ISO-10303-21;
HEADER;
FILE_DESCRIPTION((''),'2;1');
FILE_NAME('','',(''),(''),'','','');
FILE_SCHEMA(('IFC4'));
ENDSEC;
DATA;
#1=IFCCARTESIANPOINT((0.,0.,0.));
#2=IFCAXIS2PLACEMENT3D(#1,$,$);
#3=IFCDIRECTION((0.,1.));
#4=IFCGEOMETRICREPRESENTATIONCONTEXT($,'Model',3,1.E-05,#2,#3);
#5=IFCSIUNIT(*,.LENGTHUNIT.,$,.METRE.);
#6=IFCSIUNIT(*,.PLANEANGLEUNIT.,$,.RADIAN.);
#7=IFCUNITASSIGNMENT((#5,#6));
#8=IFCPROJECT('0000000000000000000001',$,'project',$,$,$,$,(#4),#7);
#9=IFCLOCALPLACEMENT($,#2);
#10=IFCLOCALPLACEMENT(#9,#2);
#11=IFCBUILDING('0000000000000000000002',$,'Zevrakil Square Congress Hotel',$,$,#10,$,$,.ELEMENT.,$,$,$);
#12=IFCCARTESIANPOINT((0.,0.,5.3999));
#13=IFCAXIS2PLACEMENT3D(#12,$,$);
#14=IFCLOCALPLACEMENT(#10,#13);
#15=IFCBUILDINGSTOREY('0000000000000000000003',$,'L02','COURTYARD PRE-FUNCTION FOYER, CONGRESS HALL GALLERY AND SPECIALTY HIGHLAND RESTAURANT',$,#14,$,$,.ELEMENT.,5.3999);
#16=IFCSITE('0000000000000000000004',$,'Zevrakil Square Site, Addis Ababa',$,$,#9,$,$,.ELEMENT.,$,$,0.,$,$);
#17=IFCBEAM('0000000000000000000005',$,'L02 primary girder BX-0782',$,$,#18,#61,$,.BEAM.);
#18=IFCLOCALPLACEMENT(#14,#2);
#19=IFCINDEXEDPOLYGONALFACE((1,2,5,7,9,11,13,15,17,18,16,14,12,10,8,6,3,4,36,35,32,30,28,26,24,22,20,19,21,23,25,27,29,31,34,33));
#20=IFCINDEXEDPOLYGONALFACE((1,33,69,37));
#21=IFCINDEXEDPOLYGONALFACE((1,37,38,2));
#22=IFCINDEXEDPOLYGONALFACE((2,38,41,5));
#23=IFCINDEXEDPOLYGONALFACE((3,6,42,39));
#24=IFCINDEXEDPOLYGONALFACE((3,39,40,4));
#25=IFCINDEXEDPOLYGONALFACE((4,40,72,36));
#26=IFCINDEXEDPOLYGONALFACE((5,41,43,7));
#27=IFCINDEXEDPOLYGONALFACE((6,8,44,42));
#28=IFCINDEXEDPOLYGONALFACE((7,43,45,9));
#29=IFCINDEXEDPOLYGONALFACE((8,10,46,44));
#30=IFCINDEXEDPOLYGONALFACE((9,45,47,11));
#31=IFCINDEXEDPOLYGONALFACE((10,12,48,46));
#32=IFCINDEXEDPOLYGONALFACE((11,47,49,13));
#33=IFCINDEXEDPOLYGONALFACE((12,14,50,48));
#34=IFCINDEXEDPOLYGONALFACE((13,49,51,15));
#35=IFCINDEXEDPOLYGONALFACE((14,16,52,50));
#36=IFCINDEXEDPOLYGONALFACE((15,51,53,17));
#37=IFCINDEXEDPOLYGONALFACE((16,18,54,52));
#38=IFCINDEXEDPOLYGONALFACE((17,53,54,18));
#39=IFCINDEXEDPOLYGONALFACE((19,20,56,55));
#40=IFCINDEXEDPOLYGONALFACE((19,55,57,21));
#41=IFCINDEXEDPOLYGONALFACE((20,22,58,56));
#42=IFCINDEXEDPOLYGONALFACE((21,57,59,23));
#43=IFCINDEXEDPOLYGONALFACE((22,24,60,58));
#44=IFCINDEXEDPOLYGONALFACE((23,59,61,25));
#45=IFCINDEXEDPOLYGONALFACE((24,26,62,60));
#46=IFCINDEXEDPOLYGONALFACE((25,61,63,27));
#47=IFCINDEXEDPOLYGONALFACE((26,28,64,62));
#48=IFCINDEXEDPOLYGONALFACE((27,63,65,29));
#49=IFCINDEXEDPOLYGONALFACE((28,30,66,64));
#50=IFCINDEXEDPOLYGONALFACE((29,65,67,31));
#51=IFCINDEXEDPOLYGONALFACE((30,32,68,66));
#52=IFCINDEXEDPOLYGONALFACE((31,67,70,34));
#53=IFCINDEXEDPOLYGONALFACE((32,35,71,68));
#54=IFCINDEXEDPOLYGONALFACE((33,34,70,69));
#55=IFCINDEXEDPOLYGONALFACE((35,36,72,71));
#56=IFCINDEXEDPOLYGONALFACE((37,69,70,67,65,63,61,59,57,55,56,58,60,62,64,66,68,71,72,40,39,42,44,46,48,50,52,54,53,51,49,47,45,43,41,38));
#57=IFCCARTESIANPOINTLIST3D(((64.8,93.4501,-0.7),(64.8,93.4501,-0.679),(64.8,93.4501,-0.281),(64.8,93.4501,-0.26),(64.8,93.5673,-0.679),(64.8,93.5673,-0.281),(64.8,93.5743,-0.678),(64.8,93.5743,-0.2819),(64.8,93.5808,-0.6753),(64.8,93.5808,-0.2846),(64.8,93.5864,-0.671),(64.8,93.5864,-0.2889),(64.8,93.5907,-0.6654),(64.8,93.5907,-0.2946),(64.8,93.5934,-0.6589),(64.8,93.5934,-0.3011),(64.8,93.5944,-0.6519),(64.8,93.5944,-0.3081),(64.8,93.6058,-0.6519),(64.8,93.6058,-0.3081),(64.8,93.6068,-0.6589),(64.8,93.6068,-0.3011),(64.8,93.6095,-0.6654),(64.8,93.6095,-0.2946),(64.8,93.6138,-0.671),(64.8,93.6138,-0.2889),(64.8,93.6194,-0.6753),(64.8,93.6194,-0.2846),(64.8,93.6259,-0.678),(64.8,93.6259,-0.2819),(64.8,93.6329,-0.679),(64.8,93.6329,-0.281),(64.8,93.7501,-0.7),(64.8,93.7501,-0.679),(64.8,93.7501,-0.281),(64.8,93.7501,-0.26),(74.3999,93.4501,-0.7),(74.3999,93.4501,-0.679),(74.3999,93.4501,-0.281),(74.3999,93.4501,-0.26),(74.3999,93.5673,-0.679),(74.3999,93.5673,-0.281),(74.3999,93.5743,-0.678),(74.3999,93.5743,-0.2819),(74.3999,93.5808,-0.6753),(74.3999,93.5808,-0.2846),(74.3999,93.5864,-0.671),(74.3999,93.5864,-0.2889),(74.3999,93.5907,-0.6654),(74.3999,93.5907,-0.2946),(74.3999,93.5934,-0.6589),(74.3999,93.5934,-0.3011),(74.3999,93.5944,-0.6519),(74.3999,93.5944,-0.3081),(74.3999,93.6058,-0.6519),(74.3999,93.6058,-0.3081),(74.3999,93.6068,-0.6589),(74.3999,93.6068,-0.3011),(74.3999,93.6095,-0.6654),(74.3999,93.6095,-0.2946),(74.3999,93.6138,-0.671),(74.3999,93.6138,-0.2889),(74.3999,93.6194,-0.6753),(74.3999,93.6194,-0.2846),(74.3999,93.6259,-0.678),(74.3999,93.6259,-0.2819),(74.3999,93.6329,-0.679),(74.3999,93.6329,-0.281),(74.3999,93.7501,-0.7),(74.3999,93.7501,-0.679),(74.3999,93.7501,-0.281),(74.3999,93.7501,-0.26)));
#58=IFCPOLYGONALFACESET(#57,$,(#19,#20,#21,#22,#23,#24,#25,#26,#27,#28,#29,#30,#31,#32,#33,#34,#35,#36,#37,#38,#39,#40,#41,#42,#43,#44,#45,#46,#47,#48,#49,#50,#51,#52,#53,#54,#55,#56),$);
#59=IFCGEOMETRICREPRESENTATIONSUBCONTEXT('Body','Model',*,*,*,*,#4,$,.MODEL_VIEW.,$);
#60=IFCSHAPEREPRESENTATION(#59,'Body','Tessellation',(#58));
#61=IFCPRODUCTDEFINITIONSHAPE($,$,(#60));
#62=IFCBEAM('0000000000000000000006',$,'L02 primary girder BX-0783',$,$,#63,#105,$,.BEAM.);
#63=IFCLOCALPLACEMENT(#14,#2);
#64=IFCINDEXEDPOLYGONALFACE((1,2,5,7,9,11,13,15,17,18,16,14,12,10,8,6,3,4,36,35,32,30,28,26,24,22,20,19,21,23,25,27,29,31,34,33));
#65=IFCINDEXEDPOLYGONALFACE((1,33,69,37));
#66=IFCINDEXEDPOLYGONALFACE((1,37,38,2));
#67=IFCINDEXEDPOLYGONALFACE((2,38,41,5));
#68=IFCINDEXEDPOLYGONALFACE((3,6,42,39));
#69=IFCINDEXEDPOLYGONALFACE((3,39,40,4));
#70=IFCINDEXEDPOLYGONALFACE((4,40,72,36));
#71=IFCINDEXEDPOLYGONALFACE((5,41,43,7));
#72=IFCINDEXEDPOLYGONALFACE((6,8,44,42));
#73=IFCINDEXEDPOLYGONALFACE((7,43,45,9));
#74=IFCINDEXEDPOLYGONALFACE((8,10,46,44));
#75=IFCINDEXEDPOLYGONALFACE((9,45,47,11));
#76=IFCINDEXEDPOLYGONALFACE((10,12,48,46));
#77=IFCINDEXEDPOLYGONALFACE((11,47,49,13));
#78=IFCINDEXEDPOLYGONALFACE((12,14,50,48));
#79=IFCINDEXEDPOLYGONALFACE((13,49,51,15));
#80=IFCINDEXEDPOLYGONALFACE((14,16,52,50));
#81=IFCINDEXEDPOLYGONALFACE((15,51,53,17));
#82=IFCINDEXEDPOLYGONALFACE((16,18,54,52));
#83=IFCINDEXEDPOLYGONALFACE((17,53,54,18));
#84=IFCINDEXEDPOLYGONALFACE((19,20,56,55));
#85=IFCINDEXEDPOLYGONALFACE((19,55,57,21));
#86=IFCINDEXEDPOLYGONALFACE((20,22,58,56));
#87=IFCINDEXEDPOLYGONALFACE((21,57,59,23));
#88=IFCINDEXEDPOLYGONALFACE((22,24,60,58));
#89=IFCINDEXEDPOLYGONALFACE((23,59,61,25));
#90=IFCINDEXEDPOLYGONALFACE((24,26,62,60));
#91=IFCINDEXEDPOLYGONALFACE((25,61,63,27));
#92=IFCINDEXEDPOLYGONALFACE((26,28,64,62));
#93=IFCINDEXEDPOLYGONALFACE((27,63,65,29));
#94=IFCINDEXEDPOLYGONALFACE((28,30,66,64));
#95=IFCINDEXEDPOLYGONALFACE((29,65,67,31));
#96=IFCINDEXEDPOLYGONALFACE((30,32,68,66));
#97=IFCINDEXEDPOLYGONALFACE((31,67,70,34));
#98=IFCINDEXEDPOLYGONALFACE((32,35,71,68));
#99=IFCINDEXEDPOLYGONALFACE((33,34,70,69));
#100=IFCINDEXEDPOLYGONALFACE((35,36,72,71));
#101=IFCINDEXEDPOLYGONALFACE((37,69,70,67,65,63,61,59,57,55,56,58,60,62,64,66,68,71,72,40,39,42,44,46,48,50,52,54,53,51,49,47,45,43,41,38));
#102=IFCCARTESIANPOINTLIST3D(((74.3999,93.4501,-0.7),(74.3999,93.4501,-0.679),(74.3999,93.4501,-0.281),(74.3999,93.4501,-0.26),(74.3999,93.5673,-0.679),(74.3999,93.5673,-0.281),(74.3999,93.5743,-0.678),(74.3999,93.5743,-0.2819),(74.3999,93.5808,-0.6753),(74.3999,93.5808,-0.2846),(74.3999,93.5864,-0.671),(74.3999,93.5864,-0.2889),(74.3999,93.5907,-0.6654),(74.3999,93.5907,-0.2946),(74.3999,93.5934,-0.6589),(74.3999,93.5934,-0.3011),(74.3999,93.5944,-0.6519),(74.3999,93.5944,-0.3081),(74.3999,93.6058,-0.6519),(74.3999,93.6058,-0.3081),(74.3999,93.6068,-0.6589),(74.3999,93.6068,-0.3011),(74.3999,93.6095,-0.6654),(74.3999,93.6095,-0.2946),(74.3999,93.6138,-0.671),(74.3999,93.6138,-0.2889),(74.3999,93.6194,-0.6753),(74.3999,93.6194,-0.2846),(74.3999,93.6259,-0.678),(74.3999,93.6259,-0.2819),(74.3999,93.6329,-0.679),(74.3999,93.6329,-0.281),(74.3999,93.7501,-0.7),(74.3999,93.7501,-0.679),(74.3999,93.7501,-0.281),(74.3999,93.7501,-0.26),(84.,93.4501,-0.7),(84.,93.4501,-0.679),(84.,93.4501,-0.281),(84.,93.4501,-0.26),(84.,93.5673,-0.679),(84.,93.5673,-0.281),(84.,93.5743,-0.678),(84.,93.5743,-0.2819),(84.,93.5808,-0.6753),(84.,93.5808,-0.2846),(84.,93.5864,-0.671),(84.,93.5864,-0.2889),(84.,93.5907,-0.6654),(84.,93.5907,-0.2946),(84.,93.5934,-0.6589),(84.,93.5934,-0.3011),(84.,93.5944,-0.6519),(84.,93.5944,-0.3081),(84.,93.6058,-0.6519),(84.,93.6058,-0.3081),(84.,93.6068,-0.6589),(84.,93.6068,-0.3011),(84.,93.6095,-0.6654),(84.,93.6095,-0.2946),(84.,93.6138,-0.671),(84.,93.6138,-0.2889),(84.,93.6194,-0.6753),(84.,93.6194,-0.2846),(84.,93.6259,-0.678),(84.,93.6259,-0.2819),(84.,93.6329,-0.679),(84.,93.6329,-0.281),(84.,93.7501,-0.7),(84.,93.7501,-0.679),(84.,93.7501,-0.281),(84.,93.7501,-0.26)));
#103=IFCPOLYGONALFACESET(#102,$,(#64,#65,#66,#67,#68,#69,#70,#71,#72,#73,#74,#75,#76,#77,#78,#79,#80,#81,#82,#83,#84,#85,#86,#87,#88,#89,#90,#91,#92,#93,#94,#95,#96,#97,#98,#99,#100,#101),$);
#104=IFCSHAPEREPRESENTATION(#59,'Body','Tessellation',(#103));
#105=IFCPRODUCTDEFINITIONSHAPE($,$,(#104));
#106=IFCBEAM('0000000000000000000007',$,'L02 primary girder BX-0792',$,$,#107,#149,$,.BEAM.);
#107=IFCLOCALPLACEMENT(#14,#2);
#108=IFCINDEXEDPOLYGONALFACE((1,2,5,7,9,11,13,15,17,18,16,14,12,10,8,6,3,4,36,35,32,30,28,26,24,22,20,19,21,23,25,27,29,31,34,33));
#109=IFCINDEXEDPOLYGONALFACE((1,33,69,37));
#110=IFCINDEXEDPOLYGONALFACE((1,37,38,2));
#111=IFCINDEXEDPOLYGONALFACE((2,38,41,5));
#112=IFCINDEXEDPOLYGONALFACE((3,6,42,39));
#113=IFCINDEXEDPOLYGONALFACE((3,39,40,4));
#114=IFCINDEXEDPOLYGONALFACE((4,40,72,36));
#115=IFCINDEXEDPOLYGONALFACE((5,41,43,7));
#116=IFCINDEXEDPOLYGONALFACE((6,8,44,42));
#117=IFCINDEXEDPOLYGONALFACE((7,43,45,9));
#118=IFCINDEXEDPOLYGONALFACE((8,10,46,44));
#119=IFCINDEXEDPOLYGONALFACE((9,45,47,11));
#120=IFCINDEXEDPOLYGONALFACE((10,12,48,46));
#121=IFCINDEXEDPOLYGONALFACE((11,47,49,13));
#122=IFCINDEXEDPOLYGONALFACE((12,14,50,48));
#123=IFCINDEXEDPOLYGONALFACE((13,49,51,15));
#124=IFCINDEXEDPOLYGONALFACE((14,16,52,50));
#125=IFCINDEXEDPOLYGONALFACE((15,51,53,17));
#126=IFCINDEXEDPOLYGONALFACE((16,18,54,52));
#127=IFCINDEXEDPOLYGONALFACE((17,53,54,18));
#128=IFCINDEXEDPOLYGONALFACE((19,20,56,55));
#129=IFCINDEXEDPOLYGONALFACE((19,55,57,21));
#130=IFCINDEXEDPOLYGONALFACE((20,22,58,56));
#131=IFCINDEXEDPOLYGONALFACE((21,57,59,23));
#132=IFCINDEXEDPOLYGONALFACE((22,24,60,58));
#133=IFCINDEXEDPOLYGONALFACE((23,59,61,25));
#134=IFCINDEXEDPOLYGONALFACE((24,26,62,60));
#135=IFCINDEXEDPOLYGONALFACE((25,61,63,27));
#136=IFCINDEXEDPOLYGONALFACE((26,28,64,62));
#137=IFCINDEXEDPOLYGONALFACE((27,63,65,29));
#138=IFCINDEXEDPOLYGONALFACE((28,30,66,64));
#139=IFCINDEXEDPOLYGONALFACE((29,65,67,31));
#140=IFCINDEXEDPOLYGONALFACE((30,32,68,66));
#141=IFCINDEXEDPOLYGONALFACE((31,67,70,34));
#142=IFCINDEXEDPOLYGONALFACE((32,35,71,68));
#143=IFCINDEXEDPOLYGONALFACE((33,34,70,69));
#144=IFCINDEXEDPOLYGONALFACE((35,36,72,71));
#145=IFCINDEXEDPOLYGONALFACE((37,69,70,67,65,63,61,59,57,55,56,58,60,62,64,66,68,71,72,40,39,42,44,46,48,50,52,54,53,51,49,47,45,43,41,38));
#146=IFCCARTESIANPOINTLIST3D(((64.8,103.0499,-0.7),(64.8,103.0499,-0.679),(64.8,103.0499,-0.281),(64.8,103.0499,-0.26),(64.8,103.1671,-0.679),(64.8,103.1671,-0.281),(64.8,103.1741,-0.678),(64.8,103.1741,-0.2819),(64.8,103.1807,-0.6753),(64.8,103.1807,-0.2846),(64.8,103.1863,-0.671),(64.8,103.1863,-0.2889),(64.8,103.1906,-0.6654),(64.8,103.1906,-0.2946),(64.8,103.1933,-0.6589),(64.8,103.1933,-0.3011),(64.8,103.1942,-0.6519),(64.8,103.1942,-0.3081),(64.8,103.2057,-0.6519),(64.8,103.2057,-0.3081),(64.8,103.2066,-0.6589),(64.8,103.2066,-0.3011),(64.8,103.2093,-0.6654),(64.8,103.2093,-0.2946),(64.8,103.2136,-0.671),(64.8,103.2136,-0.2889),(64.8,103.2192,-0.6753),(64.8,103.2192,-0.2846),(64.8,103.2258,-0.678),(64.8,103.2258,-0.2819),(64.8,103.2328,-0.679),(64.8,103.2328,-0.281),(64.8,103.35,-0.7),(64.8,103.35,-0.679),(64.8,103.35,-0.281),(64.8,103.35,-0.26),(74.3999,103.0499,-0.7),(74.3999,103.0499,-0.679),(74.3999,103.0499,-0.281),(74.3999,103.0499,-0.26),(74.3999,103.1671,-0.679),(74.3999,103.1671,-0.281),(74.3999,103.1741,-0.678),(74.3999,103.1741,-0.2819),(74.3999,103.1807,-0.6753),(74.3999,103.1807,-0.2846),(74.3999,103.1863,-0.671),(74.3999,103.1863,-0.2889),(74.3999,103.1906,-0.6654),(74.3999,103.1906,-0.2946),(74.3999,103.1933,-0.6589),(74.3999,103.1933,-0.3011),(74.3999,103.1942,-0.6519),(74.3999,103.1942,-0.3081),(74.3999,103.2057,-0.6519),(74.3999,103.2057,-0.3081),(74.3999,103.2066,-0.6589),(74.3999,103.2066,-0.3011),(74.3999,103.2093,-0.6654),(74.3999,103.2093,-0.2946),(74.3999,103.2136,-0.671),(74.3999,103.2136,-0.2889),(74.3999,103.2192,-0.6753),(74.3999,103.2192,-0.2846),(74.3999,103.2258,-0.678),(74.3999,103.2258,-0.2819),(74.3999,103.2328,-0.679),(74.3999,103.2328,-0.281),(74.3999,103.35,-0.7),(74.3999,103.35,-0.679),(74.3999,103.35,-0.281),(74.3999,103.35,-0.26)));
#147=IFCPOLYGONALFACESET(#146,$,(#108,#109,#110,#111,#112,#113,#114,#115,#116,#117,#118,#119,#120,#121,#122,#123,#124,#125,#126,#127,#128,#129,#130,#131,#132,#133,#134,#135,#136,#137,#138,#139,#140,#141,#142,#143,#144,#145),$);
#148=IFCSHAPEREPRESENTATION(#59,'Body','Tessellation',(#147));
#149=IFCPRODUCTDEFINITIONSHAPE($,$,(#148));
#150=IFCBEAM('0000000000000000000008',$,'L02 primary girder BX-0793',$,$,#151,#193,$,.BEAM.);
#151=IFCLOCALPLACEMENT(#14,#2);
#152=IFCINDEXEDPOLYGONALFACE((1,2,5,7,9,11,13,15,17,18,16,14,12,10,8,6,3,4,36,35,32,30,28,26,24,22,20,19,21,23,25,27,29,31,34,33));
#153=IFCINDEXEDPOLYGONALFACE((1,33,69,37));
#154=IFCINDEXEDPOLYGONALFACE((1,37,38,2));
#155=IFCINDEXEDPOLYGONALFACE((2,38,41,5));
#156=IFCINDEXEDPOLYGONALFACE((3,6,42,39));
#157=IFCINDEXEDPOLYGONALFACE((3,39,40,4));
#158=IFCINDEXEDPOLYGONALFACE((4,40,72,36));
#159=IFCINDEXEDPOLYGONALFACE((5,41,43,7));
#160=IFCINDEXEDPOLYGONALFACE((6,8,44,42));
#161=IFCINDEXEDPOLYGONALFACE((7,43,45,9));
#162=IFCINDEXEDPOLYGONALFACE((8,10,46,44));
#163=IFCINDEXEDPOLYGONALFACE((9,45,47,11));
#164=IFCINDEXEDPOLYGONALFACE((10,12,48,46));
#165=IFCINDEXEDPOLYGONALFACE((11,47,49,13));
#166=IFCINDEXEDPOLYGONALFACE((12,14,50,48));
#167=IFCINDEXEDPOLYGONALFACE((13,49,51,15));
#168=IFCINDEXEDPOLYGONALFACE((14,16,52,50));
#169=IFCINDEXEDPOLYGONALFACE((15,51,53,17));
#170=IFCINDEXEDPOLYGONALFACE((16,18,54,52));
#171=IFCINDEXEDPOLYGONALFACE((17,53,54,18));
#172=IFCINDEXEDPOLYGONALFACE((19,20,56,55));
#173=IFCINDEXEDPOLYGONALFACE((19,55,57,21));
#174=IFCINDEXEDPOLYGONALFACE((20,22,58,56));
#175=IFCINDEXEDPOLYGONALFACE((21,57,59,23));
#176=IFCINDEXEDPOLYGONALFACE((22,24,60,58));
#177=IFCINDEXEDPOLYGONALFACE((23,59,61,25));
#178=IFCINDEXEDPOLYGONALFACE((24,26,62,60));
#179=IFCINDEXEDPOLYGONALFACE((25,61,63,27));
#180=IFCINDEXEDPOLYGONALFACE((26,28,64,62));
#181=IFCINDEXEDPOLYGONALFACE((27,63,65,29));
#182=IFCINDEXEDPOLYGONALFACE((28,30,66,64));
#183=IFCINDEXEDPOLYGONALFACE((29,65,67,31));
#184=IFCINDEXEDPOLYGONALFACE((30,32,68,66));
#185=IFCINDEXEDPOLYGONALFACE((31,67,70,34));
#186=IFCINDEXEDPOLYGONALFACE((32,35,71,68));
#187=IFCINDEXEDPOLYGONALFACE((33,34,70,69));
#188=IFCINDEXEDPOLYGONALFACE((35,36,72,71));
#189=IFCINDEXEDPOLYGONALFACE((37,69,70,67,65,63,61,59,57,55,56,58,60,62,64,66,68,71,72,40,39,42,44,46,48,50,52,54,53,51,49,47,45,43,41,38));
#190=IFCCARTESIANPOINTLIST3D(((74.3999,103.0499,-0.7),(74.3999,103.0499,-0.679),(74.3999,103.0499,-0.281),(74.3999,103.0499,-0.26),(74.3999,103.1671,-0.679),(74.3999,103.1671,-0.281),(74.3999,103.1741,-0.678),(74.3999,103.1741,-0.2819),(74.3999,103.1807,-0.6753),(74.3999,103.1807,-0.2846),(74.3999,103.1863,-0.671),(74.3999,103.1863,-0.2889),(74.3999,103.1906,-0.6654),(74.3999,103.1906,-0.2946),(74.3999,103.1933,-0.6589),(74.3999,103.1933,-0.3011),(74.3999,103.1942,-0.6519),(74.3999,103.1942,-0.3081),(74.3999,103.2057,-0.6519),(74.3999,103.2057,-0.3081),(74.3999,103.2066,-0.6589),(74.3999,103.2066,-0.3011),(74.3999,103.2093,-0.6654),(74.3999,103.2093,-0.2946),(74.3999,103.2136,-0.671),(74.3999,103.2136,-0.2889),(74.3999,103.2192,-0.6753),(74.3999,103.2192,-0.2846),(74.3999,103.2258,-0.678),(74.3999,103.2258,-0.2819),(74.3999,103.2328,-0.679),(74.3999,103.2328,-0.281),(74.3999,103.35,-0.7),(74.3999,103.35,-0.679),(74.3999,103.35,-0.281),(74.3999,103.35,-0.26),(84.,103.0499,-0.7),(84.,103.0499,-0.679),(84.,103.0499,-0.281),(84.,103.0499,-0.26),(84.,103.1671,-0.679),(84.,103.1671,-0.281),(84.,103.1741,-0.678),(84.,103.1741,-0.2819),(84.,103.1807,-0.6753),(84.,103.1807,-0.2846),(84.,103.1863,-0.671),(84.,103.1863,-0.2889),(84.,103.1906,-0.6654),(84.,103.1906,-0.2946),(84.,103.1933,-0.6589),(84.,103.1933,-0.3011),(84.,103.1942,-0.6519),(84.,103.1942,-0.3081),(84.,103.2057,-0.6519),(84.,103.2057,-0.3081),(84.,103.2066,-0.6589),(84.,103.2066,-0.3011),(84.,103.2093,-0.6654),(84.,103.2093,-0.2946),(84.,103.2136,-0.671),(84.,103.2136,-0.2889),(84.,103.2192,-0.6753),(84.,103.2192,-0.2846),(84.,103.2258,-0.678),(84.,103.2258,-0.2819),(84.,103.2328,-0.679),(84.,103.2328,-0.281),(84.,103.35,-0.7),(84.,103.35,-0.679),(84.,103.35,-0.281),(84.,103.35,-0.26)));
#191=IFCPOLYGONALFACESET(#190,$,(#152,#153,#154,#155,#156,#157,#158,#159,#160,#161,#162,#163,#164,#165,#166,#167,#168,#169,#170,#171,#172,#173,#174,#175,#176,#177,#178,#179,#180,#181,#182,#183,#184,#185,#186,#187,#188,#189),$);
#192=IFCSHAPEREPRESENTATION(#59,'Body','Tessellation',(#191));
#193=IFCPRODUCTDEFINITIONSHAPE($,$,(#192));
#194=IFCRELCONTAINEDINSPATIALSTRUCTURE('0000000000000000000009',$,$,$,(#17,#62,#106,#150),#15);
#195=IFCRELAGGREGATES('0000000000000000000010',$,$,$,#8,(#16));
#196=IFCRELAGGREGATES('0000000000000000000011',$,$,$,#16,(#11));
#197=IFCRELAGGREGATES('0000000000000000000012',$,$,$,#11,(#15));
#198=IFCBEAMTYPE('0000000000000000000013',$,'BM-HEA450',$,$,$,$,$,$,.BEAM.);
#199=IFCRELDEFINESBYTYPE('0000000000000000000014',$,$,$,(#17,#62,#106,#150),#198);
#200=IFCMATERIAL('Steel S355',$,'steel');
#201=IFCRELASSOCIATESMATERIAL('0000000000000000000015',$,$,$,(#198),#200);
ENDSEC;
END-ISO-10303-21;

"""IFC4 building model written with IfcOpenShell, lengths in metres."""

from ifc_helpers import new_model, si_unit, direction, frame, origin, origin_2d, place, context, subcontext, project, spatial, i_section, extrude, material, material_profile, profile_set, type_object, element, save


model = new_model("IFC4")

# Units and contexts
model_context = context("Model", 3, precision=1e-05, world=origin(), true_north=direction((0.0, 1.0)))
body_context = subcontext(model_context, "Body", "Model", "MODEL_VIEW")
ifc_project = project(units=[si_unit("LENGTHUNIT", "METRE"), si_unit("PLANEANGLEUNIT", "RADIAN")], contexts=[model_context])

# Site, building, storey
site_placement = place(None, origin())
site = spatial("IfcSite", under=ifc_project, at=site_placement, Name="Zevrakil Square Site, Addis Ababa", CompositionType="ELEMENT", RefElevation=0.0)
building_placement = place(site_placement, origin())
building = spatial("IfcBuilding", under=site, at=building_placement, Name="Zevrakil Square Congress Hotel", CompositionType="ELEMENT")
storey_placement = place(building_placement, frame((0.0, 0.0, 5.3999)))
storey = spatial("IfcBuildingStorey", under=building, at=storey_placement, Name="L02", Description="COURTYARD PRE-FUNCTION FOYER, CONGRESS HALL GALLERY AND SPECIALTY HIGHLAND RESTAURANT", CompositionType="ELEMENT", Elevation=5.3999)

# Beams
ifc_material_1 = material(Name="Steel S355", Category="steel")
ifc_material_profile_1 = material_profile(ifc_material_1, i_section(OverallWidth=0.3, OverallDepth=0.4399, WebThickness=0.0115, FlangeThickness=0.021, FilletRadius=0.0271, at=origin_2d()), Name="HEA 450")
ifc_profile_set_1 = profile_set([ifc_material_profile_1], Name="Steel S355")
beam_type_1 = type_object("IfcBeamType", Name="BM-HEA450", PredefinedType="BEAM", material=ifc_profile_set_1)
beam_1_placement = place(storey_placement, frame((64.8, 93.6001, -0.48), z_axis=(1.0, 0.0, 0.0), x_axis=(0.0, 1.0, 0.0)))
element("IfcBeam", 1, at=beam_1_placement, inside=storey, type_object=beam_type_1, Name="L02 primary girder BX-0782", PredefinedType="BEAM", context=body_context, shape_type="SweptSolid", body=[
    extrude(i_section(OverallWidth=0.3, OverallDepth=0.4399, WebThickness=0.0115, FlangeThickness=0.021, FilletRadius=0.0271, at=origin_2d()), origin(), (0.0, 0.0, 1.0), 9.5999),
])
beam_2_placement = place(storey_placement, frame((74.3999, 93.6001, -0.48), z_axis=(1.0, 0.0, 0.0), x_axis=(0.0, 1.0, 0.0)))
element("IfcBeam", 2, at=beam_2_placement, inside=storey, type_object=beam_type_1, Name="L02 primary girder BX-0783", PredefinedType="BEAM", context=body_context, shape_type="SweptSolid", body=[
    extrude(i_section(OverallWidth=0.3, OverallDepth=0.4399, WebThickness=0.0115, FlangeThickness=0.021, FilletRadius=0.0271, at=origin_2d()), origin(), (0.0, 0.0, 1.0), 9.6001),
])
beam_3_placement = place(storey_placement, frame((64.8, 103.2, -0.48), z_axis=(1.0, 0.0, 0.0), x_axis=(0.0, 1.0, 0.0)))
element("IfcBeam", 3, at=beam_3_placement, inside=storey, type_object=beam_type_1, Name="L02 primary girder BX-0792", PredefinedType="BEAM", context=body_context, shape_type="SweptSolid", body=[
    extrude(i_section(OverallWidth=0.3, OverallDepth=0.4399, WebThickness=0.0115, FlangeThickness=0.021, FilletRadius=0.0271, at=origin_2d()), origin(), (0.0, 0.0, 1.0), 9.5999),
])
beam_4_placement = place(storey_placement, frame((74.3999, 103.2, -0.48), z_axis=(1.0, 0.0, 0.0), x_axis=(0.0, 1.0, 0.0)))
element("IfcBeam", 4, at=beam_4_placement, inside=storey, type_object=beam_type_1, Name="L02 primary girder BX-0793", PredefinedType="BEAM", context=body_context, shape_type="SweptSolid", body=[
    extrude(i_section(OverallWidth=0.3, OverallDepth=0.4399, WebThickness=0.0115, FlangeThickness=0.021, FilletRadius=0.0271, at=origin_2d()), origin(), (0.0, 0.0, 1.0), 9.6001),
])

save(model, "model.ifc")
